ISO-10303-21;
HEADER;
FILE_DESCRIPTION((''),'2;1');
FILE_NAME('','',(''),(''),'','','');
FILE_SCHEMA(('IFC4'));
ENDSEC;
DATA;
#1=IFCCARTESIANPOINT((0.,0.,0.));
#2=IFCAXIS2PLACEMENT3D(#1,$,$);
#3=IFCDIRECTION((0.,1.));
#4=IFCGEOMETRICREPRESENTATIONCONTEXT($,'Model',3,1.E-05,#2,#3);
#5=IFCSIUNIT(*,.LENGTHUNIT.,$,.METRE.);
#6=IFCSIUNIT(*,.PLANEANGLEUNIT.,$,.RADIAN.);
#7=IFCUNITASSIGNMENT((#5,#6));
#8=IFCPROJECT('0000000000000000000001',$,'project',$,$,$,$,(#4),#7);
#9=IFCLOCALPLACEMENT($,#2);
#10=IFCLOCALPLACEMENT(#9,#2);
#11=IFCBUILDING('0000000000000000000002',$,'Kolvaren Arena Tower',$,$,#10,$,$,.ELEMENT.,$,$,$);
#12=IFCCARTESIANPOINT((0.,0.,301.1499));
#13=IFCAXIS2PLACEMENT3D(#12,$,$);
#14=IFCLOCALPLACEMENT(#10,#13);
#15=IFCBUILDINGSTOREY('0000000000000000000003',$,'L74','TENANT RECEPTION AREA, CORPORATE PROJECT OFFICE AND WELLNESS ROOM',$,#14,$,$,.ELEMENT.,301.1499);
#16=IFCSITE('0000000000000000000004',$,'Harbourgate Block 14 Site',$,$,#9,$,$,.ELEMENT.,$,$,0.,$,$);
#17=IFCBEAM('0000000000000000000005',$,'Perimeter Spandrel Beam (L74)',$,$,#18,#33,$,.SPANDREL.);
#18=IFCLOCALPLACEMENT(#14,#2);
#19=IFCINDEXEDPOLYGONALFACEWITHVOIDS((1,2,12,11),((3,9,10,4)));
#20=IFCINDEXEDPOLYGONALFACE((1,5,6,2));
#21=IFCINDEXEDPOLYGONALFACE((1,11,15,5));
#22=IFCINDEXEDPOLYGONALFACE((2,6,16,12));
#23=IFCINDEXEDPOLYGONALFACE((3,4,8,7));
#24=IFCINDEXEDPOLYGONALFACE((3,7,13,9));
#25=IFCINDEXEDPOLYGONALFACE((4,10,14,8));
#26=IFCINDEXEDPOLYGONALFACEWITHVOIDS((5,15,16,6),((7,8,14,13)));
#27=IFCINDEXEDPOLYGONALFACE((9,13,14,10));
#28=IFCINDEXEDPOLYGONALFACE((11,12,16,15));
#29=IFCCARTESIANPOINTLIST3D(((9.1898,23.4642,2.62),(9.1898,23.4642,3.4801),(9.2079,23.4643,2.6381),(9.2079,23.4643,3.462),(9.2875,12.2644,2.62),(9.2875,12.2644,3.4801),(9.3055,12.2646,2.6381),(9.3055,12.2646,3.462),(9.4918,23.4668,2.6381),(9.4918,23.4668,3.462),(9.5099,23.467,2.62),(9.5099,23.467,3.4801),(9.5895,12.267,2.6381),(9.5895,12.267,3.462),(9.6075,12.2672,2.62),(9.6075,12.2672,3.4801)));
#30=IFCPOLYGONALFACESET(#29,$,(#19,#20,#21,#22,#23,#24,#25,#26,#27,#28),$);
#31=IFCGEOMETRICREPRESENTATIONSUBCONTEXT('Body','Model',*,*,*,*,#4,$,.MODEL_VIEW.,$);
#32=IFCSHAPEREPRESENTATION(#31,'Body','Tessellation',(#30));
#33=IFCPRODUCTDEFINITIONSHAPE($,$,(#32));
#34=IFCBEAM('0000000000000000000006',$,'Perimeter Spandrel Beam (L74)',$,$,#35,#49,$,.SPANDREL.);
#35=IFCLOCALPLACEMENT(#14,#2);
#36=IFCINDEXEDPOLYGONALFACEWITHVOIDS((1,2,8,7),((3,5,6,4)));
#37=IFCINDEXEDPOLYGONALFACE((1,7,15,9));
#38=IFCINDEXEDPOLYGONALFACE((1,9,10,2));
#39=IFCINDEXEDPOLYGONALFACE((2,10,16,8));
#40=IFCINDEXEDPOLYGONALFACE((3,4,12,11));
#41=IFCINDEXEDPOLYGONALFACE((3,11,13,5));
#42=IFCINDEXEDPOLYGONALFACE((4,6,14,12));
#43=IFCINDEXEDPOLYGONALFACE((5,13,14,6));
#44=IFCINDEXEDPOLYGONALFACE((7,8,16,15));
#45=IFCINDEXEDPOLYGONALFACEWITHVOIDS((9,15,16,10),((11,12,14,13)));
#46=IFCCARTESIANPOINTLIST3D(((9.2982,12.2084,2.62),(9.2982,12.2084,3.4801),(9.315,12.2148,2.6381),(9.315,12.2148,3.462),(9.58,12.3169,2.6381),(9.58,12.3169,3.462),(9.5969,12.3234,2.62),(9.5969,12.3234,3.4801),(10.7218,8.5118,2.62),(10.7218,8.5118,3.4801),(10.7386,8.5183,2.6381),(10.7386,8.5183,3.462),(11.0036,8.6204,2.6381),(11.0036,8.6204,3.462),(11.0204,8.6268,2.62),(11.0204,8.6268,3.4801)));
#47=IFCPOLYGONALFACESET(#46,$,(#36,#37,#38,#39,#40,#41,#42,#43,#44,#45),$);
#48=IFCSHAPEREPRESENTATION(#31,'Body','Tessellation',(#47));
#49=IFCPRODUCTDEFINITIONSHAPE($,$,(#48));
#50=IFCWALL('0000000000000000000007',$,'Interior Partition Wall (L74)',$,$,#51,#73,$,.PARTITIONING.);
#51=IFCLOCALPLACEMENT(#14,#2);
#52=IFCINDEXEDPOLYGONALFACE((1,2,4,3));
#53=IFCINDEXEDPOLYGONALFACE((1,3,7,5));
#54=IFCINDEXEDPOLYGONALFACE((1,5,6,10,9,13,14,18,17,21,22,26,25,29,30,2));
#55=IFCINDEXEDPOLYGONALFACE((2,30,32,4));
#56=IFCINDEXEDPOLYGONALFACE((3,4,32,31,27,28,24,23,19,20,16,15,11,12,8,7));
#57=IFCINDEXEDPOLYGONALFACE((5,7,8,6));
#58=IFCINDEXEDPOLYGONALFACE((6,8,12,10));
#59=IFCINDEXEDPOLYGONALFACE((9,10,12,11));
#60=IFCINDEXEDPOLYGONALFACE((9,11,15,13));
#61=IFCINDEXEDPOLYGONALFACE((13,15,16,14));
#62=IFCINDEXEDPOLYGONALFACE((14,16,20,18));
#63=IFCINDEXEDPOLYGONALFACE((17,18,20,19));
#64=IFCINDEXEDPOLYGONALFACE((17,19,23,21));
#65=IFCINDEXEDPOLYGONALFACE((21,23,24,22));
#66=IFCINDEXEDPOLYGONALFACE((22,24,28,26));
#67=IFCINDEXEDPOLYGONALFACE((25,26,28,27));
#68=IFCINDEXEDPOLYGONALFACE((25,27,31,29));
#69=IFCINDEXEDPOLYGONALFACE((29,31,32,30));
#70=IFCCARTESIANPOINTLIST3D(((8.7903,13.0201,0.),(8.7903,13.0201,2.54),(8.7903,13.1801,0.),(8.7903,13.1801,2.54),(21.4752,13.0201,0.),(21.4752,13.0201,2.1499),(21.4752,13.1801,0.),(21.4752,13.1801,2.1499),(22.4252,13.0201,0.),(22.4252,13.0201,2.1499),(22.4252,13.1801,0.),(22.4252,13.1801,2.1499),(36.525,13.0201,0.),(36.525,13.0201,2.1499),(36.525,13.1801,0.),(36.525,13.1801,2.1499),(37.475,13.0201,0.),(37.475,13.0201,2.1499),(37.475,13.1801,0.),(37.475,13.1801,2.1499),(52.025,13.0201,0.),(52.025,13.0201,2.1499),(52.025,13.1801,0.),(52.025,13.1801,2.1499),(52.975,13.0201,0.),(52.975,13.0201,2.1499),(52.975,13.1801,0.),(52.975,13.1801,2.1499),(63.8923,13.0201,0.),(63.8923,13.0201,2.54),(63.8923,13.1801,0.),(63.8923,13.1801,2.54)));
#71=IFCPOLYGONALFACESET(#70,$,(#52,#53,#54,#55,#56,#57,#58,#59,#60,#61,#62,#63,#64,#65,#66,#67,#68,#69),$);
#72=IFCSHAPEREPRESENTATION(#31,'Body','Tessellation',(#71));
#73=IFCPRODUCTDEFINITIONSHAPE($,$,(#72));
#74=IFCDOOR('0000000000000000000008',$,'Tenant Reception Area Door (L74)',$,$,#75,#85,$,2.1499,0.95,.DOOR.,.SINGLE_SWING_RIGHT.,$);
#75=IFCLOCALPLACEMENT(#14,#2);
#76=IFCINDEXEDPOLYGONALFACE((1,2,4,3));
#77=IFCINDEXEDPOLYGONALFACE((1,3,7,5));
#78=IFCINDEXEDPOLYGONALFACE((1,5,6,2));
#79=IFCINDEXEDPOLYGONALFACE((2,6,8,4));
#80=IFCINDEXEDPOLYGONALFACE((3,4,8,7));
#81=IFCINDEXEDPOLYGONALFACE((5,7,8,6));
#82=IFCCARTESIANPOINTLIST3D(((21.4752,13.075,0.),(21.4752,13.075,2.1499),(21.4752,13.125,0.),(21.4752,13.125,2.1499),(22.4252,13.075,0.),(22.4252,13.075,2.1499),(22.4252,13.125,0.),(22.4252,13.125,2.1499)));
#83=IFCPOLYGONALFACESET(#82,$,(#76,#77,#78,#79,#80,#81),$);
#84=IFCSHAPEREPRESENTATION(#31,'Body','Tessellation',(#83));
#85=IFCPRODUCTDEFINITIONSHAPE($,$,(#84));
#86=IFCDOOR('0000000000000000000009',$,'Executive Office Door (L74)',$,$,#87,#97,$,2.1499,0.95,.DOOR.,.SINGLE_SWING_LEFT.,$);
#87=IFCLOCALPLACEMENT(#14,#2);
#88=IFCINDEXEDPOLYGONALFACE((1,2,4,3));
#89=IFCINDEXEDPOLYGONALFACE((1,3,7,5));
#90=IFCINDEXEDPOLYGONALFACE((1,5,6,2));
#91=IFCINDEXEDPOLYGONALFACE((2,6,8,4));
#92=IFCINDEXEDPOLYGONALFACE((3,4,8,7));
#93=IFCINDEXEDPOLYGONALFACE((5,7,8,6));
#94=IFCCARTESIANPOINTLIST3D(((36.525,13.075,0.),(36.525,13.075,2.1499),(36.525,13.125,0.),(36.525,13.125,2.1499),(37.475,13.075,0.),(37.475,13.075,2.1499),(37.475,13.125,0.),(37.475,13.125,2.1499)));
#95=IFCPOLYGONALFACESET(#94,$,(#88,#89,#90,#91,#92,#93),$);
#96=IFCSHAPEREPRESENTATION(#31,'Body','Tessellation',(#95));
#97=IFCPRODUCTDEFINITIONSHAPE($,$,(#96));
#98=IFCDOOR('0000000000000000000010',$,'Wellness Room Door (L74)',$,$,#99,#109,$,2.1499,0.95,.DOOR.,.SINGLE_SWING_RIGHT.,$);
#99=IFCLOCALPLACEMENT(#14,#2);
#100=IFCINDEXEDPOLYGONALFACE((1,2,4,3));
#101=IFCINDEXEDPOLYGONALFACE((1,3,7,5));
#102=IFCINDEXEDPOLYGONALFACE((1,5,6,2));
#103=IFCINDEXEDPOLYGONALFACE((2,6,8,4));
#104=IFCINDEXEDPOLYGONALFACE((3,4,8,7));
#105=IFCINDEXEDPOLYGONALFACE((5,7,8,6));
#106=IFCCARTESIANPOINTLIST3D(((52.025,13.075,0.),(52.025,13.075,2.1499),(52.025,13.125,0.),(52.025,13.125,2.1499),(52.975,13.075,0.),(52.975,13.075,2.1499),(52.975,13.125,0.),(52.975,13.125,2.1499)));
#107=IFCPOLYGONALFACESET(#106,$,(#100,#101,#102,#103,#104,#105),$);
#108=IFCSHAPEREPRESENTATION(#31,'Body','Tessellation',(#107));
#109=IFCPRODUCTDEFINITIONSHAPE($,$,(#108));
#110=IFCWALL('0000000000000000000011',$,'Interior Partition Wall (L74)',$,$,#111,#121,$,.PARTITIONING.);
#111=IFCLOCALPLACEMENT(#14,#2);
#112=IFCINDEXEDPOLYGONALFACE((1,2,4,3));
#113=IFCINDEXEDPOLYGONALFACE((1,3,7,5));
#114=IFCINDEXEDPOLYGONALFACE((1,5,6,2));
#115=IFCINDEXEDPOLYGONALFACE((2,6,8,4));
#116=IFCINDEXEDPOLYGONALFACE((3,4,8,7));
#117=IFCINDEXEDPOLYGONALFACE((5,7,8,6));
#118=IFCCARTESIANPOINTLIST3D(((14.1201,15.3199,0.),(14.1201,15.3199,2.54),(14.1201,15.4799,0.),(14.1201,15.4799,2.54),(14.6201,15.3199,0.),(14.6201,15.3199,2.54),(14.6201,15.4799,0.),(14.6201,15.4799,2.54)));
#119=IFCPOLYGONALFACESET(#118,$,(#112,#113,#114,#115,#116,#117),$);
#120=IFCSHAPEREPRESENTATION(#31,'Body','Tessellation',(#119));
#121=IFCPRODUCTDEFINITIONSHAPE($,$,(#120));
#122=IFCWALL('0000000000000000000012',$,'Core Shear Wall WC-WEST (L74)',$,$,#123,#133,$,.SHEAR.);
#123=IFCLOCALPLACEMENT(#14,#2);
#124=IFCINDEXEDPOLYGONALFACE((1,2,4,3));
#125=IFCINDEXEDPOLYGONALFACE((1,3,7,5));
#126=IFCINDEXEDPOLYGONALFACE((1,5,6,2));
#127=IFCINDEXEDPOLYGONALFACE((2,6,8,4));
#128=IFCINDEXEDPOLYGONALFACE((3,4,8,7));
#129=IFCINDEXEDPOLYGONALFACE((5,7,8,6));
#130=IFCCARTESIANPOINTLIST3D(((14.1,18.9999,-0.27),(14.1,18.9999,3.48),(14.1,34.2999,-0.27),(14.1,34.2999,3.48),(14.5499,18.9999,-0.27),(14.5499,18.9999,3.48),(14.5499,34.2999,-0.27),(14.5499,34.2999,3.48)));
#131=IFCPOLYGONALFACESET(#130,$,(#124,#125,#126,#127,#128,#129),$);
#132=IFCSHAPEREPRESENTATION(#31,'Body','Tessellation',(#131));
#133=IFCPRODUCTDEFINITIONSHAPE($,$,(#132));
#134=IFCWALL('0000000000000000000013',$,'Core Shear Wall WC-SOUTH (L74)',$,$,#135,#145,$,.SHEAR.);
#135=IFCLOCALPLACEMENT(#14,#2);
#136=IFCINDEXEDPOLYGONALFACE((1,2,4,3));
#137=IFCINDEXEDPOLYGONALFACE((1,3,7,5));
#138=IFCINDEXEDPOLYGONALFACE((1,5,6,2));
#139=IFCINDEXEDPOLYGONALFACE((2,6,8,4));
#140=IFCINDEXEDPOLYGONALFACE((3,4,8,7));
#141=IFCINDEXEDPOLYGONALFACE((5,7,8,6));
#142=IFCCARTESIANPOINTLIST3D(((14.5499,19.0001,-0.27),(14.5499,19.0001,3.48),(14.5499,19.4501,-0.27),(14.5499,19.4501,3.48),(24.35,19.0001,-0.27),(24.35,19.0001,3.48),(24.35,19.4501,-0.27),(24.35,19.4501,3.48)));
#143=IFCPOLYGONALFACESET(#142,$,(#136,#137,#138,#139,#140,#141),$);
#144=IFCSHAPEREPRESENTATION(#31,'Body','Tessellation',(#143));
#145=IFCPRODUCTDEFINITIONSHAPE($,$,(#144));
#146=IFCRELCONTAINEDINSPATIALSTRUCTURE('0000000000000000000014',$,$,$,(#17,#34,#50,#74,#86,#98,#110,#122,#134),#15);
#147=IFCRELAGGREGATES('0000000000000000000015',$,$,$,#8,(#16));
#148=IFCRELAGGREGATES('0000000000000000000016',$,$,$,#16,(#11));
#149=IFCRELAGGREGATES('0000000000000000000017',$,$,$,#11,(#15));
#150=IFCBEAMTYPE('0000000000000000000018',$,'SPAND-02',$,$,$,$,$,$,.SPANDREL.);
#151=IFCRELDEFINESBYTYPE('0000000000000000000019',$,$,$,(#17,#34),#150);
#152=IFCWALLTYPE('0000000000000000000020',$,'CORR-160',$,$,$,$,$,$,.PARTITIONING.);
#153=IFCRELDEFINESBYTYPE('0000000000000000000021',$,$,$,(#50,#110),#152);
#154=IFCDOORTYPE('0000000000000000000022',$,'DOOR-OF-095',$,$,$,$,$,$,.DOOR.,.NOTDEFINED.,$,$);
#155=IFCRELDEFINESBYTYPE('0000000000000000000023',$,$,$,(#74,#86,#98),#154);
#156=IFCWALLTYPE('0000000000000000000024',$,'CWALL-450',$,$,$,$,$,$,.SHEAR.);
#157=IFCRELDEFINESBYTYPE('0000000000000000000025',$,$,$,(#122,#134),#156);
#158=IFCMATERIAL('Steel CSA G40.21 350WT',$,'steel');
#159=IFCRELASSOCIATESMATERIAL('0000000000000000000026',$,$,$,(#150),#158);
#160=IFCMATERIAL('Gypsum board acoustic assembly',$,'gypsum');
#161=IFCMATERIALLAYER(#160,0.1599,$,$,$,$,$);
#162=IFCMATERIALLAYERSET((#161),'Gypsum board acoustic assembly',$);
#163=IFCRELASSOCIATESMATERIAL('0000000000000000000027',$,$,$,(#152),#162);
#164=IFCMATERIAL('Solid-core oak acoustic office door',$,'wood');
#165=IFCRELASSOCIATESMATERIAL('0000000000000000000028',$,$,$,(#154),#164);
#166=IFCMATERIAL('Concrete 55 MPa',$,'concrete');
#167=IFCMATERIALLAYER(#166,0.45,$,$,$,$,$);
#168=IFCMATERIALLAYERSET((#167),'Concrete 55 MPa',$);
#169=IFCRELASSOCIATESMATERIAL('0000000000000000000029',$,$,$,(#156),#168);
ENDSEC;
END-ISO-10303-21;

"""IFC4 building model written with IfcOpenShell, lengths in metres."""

from ifc_helpers import new_model, si_unit, direction, frame, frame_2d, origin, origin_2d, place, context, subcontext, project, spatial, rectangle, hollow_rectangle, extrude, material, layer, layer_set, material_profile, profile_set, type_object, element, fill, save


model = new_model("IFC4")

# Units and contexts
model_context = context("Model", 3, precision=1e-05, world=origin(), true_north=direction((0.0, 1.0)))
body_context = subcontext(model_context, "Body", "Model", "MODEL_VIEW")
ifc_project = project(units=[si_unit("LENGTHUNIT", "METRE"), si_unit("PLANEANGLEUNIT", "RADIAN")], contexts=[model_context])

# Site, building, storey
site_placement = place(None, origin())
site = spatial("IfcSite", under=ifc_project, at=site_placement, Name="Harbourgate Block 14 Site", CompositionType="ELEMENT", RefElevation=0.0)
building_placement = place(site_placement, origin())
building = spatial("IfcBuilding", under=site, at=building_placement, Name="Kolvaren Arena Tower", CompositionType="ELEMENT")
storey_placement = place(building_placement, frame((0.0, 0.0, 301.1499)))
storey = spatial("IfcBuildingStorey", under=building, at=storey_placement, Name="L74", Description="TENANT RECEPTION AREA, CORPORATE PROJECT OFFICE AND WELLNESS ROOM", CompositionType="ELEMENT", Elevation=301.1499)

# Beams
ifc_material_1 = material(Name="Steel CSA G40.21 350WT", Category="steel")
ifc_material_profile_1 = material_profile(ifc_material_1, hollow_rectangle(XDim=0.3201, YDim=0.8601, WallThickness=0.0181, at=origin_2d()), Name="HSS 860x320x18")
ifc_profile_set_1 = profile_set([ifc_material_profile_1], Name="Steel CSA G40.21 350WT")
beam_type_1 = type_object("IfcBeamType", Name="SPAND-02", PredefinedType="SPANDREL", material=ifc_profile_set_1)
beam_1_placement = place(storey_placement, frame((9.3499, 23.4656, 3.05), z_axis=(0.008719, -0.999962, 0.0), x_axis=(0.999962, 0.008719, 0.0)))
element("IfcBeam", 1, at=beam_1_placement, inside=storey, type_object=beam_type_1, Name="Perimeter Spandrel Beam (L74)", PredefinedType="SPANDREL", context=body_context, shape_type="SweptSolid", body=[
    extrude(hollow_rectangle(XDim=0.3201, YDim=0.8601, WallThickness=0.0181, at=origin_2d()), origin(), (0.0, 0.0, 1.0), 11.2002),
])
beam_2_placement = place(storey_placement, frame((9.4475, 12.2659, 3.05), z_axis=(0.359384, -0.93319, 0.0), x_axis=(0.93319, 0.359384, 0.0)))
element("IfcBeam", 2, at=beam_2_placement, inside=storey, type_object=beam_type_1, Name="Perimeter Spandrel Beam (L74)", PredefinedType="SPANDREL", context=body_context, shape_type="SweptSolid", body=[
    extrude(hollow_rectangle(XDim=0.3201, YDim=0.8601, WallThickness=0.0181, at=origin_2d()), origin(), (0.0, 0.0, 1.0), 3.9612),
])

# Wall, openings, doors
ifc_material_2 = material(Name="Gypsum board acoustic assembly", Category="gypsum")
ifc_layer_1 = layer(ifc_material_2, 0.1599)
ifc_layer_set_1 = layer_set([ifc_layer_1], Name="Gypsum board acoustic assembly")
wall_type_1 = type_object("IfcWallType", Name="CORR-160", PredefinedType="PARTITIONING", material=ifc_layer_set_1)
wall_1_placement = place(storey_placement, frame((8.7903, 13.1001, 0.0), z_axis=(0.0, 0.0, 1.0), x_axis=(1.0, 0.0, 0.0)))
wall_1 = element("IfcWall", 3, at=wall_1_placement, inside=storey, type_object=wall_type_1, Name="Interior Partition Wall (L74)", PredefinedType="PARTITIONING", context=body_context, shape_type="SweptSolid", body=[
    extrude(rectangle(XDim=55.1021, YDim=0.1599, at=frame_2d((27.551, 0.0))), origin(), (0.0, 0.0, 1.0), 2.54),
])
opening_1_placement = place(wall_1_placement, frame((12.6848, 0.0, 0.0)))
opening_1 = element("IfcOpeningElement", 4, at=opening_1_placement, cuts=wall_1, PredefinedType="OPENING", context=body_context, shape_type="SweptSolid", body=[
    extrude(rectangle(XDim=0.95, YDim=2.1499, at=frame_2d((0.4751, 1.075))), frame((0.0, 0.0898, 0.0), z_axis=(0.0, -1.0, 0.0), x_axis=(1.0, 0.0, 0.0)), (0.0, 0.0, 1.0), 0.1799),
])
opening_2_placement = place(wall_1_placement, frame((27.7346, 0.0, 0.0)))
opening_2 = element("IfcOpeningElement", 5, at=opening_2_placement, cuts=wall_1, PredefinedType="OPENING", context=body_context, shape_type="SweptSolid", body=[
    extrude(rectangle(XDim=0.95, YDim=2.1499, at=frame_2d((0.4751, 1.075))), frame((0.0, 0.0898, 0.0), z_axis=(0.0, -1.0, 0.0), x_axis=(1.0, 0.0, 0.0)), (0.0, 0.0, 1.0), 0.1799),
])
opening_3_placement = place(wall_1_placement, frame((43.2346, 0.0, 0.0)))
opening_3 = element("IfcOpeningElement", 6, at=opening_3_placement, cuts=wall_1, PredefinedType="OPENING", context=body_context, shape_type="SweptSolid", body=[
    extrude(rectangle(XDim=0.95, YDim=2.1499, at=frame_2d((0.4751, 1.075))), frame((0.0, 0.0898, 0.0), z_axis=(0.0, -1.0, 0.0), x_axis=(1.0, 0.0, 0.0)), (0.0, 0.0, 1.0), 0.1799),
])
ifc_material_3 = material(Name="Solid-core oak acoustic office door", Category="wood")
door_type_1 = type_object("IfcDoorType", Name="DOOR-OF-095", OperationType="NOTDEFINED", PredefinedType="DOOR", material=ifc_material_3)
door_1_placement = place(opening_1_placement, origin())
door_1 = element("IfcDoor", 7, at=door_1_placement, inside=storey, type_object=door_type_1, Name="Tenant Reception Area Door (L74)", OperationType="SINGLE_SWING_RIGHT", OverallHeight=2.1499, OverallWidth=0.95, PredefinedType="DOOR", context=body_context, shape_type="SweptSolid", body=[
    extrude(rectangle(XDim=0.95, YDim=2.1499, at=frame_2d((0.4751, 1.075))), frame((0.0, 0.0249, 0.0), z_axis=(0.0, -1.0, 0.0), x_axis=(1.0, 0.0, 0.0)), (0.0, 0.0, 1.0), 0.05),
])
fill(opening_1, door_1)
door_2_placement = place(opening_2_placement, origin())
door_2 = element("IfcDoor", 8, at=door_2_placement, inside=storey, type_object=door_type_1, Name="Executive Office Door (L74)", OperationType="SINGLE_SWING_LEFT", OverallHeight=2.1499, OverallWidth=0.95, PredefinedType="DOOR", context=body_context, shape_type="SweptSolid", body=[
    extrude(rectangle(XDim=0.95, YDim=2.1499, at=frame_2d((0.4751, 1.075))), frame((0.0, 0.0249, 0.0), z_axis=(0.0, -1.0, 0.0), x_axis=(1.0, 0.0, 0.0)), (0.0, 0.0, 1.0), 0.05),
])
fill(opening_2, door_2)
door_3_placement = place(opening_3_placement, origin())
door_3 = element("IfcDoor", 9, at=door_3_placement, inside=storey, type_object=door_type_1, Name="Wellness Room Door (L74)", OperationType="SINGLE_SWING_RIGHT", OverallHeight=2.1499, OverallWidth=0.95, PredefinedType="DOOR", context=body_context, shape_type="SweptSolid", body=[
    extrude(rectangle(XDim=0.95, YDim=2.1499, at=frame_2d((0.4751, 1.075))), frame((0.0, 0.0249, 0.0), z_axis=(0.0, -1.0, 0.0), x_axis=(1.0, 0.0, 0.0)), (0.0, 0.0, 1.0), 0.05),
])
fill(opening_3, door_3)

# Walls
wall_2_placement = place(storey_placement, frame((14.1201, 15.3999, 0.0), z_axis=(0.0, 0.0, 1.0), x_axis=(1.0, 0.0, 0.0)))
element("IfcWall", 10, at=wall_2_placement, inside=storey, type_object=wall_type_1, Name="Interior Partition Wall (L74)", PredefinedType="PARTITIONING", context=body_context, shape_type="SweptSolid", body=[
    extrude(rectangle(XDim=0.5, YDim=0.1599, at=frame_2d((0.25, 0.0))), origin(), (0.0, 0.0, 1.0), 2.54),
])
ifc_material_4 = material(Name="Concrete 55 MPa", Category="concrete")
ifc_layer_2 = layer(ifc_material_4, 0.45)
ifc_layer_set_2 = layer_set([ifc_layer_2], Name="Concrete 55 MPa")
wall_type_2 = type_object("IfcWallType", Name="CWALL-450", PredefinedType="SHEAR", material=ifc_layer_set_2)
wall_3_placement = place(storey_placement, frame((14.325, 19.0, -0.27), z_axis=(0.0, 0.0, 1.0), x_axis=(0.0, 1.0, 0.0)))
element("IfcWall", 11, at=wall_3_placement, inside=storey, type_object=wall_type_2, Name="Core Shear Wall WC-WEST (L74)", PredefinedType="SHEAR", context=body_context, shape_type="SweptSolid", body=[
    extrude(rectangle(XDim=15.3, YDim=0.45, at=frame_2d((7.6499, 0.0))), origin(), (0.0, 0.0, 1.0), 3.75),
])
wall_4_placement = place(storey_placement, frame((14.55, 19.2251, -0.27), z_axis=(0.0, 0.0, 1.0), x_axis=(1.0, 0.0, 0.0)))
element("IfcWall", 12, at=wall_4_placement, inside=storey, type_object=wall_type_2, Name="Core Shear Wall WC-SOUTH (L74)", PredefinedType="SHEAR", context=body_context, shape_type="SweptSolid", body=[
    extrude(rectangle(XDim=9.8, YDim=0.45, at=frame_2d((4.8999, 0.0))), origin(), (0.0, 0.0, 1.0), 3.75),
])

save(model, "model.ifc")
